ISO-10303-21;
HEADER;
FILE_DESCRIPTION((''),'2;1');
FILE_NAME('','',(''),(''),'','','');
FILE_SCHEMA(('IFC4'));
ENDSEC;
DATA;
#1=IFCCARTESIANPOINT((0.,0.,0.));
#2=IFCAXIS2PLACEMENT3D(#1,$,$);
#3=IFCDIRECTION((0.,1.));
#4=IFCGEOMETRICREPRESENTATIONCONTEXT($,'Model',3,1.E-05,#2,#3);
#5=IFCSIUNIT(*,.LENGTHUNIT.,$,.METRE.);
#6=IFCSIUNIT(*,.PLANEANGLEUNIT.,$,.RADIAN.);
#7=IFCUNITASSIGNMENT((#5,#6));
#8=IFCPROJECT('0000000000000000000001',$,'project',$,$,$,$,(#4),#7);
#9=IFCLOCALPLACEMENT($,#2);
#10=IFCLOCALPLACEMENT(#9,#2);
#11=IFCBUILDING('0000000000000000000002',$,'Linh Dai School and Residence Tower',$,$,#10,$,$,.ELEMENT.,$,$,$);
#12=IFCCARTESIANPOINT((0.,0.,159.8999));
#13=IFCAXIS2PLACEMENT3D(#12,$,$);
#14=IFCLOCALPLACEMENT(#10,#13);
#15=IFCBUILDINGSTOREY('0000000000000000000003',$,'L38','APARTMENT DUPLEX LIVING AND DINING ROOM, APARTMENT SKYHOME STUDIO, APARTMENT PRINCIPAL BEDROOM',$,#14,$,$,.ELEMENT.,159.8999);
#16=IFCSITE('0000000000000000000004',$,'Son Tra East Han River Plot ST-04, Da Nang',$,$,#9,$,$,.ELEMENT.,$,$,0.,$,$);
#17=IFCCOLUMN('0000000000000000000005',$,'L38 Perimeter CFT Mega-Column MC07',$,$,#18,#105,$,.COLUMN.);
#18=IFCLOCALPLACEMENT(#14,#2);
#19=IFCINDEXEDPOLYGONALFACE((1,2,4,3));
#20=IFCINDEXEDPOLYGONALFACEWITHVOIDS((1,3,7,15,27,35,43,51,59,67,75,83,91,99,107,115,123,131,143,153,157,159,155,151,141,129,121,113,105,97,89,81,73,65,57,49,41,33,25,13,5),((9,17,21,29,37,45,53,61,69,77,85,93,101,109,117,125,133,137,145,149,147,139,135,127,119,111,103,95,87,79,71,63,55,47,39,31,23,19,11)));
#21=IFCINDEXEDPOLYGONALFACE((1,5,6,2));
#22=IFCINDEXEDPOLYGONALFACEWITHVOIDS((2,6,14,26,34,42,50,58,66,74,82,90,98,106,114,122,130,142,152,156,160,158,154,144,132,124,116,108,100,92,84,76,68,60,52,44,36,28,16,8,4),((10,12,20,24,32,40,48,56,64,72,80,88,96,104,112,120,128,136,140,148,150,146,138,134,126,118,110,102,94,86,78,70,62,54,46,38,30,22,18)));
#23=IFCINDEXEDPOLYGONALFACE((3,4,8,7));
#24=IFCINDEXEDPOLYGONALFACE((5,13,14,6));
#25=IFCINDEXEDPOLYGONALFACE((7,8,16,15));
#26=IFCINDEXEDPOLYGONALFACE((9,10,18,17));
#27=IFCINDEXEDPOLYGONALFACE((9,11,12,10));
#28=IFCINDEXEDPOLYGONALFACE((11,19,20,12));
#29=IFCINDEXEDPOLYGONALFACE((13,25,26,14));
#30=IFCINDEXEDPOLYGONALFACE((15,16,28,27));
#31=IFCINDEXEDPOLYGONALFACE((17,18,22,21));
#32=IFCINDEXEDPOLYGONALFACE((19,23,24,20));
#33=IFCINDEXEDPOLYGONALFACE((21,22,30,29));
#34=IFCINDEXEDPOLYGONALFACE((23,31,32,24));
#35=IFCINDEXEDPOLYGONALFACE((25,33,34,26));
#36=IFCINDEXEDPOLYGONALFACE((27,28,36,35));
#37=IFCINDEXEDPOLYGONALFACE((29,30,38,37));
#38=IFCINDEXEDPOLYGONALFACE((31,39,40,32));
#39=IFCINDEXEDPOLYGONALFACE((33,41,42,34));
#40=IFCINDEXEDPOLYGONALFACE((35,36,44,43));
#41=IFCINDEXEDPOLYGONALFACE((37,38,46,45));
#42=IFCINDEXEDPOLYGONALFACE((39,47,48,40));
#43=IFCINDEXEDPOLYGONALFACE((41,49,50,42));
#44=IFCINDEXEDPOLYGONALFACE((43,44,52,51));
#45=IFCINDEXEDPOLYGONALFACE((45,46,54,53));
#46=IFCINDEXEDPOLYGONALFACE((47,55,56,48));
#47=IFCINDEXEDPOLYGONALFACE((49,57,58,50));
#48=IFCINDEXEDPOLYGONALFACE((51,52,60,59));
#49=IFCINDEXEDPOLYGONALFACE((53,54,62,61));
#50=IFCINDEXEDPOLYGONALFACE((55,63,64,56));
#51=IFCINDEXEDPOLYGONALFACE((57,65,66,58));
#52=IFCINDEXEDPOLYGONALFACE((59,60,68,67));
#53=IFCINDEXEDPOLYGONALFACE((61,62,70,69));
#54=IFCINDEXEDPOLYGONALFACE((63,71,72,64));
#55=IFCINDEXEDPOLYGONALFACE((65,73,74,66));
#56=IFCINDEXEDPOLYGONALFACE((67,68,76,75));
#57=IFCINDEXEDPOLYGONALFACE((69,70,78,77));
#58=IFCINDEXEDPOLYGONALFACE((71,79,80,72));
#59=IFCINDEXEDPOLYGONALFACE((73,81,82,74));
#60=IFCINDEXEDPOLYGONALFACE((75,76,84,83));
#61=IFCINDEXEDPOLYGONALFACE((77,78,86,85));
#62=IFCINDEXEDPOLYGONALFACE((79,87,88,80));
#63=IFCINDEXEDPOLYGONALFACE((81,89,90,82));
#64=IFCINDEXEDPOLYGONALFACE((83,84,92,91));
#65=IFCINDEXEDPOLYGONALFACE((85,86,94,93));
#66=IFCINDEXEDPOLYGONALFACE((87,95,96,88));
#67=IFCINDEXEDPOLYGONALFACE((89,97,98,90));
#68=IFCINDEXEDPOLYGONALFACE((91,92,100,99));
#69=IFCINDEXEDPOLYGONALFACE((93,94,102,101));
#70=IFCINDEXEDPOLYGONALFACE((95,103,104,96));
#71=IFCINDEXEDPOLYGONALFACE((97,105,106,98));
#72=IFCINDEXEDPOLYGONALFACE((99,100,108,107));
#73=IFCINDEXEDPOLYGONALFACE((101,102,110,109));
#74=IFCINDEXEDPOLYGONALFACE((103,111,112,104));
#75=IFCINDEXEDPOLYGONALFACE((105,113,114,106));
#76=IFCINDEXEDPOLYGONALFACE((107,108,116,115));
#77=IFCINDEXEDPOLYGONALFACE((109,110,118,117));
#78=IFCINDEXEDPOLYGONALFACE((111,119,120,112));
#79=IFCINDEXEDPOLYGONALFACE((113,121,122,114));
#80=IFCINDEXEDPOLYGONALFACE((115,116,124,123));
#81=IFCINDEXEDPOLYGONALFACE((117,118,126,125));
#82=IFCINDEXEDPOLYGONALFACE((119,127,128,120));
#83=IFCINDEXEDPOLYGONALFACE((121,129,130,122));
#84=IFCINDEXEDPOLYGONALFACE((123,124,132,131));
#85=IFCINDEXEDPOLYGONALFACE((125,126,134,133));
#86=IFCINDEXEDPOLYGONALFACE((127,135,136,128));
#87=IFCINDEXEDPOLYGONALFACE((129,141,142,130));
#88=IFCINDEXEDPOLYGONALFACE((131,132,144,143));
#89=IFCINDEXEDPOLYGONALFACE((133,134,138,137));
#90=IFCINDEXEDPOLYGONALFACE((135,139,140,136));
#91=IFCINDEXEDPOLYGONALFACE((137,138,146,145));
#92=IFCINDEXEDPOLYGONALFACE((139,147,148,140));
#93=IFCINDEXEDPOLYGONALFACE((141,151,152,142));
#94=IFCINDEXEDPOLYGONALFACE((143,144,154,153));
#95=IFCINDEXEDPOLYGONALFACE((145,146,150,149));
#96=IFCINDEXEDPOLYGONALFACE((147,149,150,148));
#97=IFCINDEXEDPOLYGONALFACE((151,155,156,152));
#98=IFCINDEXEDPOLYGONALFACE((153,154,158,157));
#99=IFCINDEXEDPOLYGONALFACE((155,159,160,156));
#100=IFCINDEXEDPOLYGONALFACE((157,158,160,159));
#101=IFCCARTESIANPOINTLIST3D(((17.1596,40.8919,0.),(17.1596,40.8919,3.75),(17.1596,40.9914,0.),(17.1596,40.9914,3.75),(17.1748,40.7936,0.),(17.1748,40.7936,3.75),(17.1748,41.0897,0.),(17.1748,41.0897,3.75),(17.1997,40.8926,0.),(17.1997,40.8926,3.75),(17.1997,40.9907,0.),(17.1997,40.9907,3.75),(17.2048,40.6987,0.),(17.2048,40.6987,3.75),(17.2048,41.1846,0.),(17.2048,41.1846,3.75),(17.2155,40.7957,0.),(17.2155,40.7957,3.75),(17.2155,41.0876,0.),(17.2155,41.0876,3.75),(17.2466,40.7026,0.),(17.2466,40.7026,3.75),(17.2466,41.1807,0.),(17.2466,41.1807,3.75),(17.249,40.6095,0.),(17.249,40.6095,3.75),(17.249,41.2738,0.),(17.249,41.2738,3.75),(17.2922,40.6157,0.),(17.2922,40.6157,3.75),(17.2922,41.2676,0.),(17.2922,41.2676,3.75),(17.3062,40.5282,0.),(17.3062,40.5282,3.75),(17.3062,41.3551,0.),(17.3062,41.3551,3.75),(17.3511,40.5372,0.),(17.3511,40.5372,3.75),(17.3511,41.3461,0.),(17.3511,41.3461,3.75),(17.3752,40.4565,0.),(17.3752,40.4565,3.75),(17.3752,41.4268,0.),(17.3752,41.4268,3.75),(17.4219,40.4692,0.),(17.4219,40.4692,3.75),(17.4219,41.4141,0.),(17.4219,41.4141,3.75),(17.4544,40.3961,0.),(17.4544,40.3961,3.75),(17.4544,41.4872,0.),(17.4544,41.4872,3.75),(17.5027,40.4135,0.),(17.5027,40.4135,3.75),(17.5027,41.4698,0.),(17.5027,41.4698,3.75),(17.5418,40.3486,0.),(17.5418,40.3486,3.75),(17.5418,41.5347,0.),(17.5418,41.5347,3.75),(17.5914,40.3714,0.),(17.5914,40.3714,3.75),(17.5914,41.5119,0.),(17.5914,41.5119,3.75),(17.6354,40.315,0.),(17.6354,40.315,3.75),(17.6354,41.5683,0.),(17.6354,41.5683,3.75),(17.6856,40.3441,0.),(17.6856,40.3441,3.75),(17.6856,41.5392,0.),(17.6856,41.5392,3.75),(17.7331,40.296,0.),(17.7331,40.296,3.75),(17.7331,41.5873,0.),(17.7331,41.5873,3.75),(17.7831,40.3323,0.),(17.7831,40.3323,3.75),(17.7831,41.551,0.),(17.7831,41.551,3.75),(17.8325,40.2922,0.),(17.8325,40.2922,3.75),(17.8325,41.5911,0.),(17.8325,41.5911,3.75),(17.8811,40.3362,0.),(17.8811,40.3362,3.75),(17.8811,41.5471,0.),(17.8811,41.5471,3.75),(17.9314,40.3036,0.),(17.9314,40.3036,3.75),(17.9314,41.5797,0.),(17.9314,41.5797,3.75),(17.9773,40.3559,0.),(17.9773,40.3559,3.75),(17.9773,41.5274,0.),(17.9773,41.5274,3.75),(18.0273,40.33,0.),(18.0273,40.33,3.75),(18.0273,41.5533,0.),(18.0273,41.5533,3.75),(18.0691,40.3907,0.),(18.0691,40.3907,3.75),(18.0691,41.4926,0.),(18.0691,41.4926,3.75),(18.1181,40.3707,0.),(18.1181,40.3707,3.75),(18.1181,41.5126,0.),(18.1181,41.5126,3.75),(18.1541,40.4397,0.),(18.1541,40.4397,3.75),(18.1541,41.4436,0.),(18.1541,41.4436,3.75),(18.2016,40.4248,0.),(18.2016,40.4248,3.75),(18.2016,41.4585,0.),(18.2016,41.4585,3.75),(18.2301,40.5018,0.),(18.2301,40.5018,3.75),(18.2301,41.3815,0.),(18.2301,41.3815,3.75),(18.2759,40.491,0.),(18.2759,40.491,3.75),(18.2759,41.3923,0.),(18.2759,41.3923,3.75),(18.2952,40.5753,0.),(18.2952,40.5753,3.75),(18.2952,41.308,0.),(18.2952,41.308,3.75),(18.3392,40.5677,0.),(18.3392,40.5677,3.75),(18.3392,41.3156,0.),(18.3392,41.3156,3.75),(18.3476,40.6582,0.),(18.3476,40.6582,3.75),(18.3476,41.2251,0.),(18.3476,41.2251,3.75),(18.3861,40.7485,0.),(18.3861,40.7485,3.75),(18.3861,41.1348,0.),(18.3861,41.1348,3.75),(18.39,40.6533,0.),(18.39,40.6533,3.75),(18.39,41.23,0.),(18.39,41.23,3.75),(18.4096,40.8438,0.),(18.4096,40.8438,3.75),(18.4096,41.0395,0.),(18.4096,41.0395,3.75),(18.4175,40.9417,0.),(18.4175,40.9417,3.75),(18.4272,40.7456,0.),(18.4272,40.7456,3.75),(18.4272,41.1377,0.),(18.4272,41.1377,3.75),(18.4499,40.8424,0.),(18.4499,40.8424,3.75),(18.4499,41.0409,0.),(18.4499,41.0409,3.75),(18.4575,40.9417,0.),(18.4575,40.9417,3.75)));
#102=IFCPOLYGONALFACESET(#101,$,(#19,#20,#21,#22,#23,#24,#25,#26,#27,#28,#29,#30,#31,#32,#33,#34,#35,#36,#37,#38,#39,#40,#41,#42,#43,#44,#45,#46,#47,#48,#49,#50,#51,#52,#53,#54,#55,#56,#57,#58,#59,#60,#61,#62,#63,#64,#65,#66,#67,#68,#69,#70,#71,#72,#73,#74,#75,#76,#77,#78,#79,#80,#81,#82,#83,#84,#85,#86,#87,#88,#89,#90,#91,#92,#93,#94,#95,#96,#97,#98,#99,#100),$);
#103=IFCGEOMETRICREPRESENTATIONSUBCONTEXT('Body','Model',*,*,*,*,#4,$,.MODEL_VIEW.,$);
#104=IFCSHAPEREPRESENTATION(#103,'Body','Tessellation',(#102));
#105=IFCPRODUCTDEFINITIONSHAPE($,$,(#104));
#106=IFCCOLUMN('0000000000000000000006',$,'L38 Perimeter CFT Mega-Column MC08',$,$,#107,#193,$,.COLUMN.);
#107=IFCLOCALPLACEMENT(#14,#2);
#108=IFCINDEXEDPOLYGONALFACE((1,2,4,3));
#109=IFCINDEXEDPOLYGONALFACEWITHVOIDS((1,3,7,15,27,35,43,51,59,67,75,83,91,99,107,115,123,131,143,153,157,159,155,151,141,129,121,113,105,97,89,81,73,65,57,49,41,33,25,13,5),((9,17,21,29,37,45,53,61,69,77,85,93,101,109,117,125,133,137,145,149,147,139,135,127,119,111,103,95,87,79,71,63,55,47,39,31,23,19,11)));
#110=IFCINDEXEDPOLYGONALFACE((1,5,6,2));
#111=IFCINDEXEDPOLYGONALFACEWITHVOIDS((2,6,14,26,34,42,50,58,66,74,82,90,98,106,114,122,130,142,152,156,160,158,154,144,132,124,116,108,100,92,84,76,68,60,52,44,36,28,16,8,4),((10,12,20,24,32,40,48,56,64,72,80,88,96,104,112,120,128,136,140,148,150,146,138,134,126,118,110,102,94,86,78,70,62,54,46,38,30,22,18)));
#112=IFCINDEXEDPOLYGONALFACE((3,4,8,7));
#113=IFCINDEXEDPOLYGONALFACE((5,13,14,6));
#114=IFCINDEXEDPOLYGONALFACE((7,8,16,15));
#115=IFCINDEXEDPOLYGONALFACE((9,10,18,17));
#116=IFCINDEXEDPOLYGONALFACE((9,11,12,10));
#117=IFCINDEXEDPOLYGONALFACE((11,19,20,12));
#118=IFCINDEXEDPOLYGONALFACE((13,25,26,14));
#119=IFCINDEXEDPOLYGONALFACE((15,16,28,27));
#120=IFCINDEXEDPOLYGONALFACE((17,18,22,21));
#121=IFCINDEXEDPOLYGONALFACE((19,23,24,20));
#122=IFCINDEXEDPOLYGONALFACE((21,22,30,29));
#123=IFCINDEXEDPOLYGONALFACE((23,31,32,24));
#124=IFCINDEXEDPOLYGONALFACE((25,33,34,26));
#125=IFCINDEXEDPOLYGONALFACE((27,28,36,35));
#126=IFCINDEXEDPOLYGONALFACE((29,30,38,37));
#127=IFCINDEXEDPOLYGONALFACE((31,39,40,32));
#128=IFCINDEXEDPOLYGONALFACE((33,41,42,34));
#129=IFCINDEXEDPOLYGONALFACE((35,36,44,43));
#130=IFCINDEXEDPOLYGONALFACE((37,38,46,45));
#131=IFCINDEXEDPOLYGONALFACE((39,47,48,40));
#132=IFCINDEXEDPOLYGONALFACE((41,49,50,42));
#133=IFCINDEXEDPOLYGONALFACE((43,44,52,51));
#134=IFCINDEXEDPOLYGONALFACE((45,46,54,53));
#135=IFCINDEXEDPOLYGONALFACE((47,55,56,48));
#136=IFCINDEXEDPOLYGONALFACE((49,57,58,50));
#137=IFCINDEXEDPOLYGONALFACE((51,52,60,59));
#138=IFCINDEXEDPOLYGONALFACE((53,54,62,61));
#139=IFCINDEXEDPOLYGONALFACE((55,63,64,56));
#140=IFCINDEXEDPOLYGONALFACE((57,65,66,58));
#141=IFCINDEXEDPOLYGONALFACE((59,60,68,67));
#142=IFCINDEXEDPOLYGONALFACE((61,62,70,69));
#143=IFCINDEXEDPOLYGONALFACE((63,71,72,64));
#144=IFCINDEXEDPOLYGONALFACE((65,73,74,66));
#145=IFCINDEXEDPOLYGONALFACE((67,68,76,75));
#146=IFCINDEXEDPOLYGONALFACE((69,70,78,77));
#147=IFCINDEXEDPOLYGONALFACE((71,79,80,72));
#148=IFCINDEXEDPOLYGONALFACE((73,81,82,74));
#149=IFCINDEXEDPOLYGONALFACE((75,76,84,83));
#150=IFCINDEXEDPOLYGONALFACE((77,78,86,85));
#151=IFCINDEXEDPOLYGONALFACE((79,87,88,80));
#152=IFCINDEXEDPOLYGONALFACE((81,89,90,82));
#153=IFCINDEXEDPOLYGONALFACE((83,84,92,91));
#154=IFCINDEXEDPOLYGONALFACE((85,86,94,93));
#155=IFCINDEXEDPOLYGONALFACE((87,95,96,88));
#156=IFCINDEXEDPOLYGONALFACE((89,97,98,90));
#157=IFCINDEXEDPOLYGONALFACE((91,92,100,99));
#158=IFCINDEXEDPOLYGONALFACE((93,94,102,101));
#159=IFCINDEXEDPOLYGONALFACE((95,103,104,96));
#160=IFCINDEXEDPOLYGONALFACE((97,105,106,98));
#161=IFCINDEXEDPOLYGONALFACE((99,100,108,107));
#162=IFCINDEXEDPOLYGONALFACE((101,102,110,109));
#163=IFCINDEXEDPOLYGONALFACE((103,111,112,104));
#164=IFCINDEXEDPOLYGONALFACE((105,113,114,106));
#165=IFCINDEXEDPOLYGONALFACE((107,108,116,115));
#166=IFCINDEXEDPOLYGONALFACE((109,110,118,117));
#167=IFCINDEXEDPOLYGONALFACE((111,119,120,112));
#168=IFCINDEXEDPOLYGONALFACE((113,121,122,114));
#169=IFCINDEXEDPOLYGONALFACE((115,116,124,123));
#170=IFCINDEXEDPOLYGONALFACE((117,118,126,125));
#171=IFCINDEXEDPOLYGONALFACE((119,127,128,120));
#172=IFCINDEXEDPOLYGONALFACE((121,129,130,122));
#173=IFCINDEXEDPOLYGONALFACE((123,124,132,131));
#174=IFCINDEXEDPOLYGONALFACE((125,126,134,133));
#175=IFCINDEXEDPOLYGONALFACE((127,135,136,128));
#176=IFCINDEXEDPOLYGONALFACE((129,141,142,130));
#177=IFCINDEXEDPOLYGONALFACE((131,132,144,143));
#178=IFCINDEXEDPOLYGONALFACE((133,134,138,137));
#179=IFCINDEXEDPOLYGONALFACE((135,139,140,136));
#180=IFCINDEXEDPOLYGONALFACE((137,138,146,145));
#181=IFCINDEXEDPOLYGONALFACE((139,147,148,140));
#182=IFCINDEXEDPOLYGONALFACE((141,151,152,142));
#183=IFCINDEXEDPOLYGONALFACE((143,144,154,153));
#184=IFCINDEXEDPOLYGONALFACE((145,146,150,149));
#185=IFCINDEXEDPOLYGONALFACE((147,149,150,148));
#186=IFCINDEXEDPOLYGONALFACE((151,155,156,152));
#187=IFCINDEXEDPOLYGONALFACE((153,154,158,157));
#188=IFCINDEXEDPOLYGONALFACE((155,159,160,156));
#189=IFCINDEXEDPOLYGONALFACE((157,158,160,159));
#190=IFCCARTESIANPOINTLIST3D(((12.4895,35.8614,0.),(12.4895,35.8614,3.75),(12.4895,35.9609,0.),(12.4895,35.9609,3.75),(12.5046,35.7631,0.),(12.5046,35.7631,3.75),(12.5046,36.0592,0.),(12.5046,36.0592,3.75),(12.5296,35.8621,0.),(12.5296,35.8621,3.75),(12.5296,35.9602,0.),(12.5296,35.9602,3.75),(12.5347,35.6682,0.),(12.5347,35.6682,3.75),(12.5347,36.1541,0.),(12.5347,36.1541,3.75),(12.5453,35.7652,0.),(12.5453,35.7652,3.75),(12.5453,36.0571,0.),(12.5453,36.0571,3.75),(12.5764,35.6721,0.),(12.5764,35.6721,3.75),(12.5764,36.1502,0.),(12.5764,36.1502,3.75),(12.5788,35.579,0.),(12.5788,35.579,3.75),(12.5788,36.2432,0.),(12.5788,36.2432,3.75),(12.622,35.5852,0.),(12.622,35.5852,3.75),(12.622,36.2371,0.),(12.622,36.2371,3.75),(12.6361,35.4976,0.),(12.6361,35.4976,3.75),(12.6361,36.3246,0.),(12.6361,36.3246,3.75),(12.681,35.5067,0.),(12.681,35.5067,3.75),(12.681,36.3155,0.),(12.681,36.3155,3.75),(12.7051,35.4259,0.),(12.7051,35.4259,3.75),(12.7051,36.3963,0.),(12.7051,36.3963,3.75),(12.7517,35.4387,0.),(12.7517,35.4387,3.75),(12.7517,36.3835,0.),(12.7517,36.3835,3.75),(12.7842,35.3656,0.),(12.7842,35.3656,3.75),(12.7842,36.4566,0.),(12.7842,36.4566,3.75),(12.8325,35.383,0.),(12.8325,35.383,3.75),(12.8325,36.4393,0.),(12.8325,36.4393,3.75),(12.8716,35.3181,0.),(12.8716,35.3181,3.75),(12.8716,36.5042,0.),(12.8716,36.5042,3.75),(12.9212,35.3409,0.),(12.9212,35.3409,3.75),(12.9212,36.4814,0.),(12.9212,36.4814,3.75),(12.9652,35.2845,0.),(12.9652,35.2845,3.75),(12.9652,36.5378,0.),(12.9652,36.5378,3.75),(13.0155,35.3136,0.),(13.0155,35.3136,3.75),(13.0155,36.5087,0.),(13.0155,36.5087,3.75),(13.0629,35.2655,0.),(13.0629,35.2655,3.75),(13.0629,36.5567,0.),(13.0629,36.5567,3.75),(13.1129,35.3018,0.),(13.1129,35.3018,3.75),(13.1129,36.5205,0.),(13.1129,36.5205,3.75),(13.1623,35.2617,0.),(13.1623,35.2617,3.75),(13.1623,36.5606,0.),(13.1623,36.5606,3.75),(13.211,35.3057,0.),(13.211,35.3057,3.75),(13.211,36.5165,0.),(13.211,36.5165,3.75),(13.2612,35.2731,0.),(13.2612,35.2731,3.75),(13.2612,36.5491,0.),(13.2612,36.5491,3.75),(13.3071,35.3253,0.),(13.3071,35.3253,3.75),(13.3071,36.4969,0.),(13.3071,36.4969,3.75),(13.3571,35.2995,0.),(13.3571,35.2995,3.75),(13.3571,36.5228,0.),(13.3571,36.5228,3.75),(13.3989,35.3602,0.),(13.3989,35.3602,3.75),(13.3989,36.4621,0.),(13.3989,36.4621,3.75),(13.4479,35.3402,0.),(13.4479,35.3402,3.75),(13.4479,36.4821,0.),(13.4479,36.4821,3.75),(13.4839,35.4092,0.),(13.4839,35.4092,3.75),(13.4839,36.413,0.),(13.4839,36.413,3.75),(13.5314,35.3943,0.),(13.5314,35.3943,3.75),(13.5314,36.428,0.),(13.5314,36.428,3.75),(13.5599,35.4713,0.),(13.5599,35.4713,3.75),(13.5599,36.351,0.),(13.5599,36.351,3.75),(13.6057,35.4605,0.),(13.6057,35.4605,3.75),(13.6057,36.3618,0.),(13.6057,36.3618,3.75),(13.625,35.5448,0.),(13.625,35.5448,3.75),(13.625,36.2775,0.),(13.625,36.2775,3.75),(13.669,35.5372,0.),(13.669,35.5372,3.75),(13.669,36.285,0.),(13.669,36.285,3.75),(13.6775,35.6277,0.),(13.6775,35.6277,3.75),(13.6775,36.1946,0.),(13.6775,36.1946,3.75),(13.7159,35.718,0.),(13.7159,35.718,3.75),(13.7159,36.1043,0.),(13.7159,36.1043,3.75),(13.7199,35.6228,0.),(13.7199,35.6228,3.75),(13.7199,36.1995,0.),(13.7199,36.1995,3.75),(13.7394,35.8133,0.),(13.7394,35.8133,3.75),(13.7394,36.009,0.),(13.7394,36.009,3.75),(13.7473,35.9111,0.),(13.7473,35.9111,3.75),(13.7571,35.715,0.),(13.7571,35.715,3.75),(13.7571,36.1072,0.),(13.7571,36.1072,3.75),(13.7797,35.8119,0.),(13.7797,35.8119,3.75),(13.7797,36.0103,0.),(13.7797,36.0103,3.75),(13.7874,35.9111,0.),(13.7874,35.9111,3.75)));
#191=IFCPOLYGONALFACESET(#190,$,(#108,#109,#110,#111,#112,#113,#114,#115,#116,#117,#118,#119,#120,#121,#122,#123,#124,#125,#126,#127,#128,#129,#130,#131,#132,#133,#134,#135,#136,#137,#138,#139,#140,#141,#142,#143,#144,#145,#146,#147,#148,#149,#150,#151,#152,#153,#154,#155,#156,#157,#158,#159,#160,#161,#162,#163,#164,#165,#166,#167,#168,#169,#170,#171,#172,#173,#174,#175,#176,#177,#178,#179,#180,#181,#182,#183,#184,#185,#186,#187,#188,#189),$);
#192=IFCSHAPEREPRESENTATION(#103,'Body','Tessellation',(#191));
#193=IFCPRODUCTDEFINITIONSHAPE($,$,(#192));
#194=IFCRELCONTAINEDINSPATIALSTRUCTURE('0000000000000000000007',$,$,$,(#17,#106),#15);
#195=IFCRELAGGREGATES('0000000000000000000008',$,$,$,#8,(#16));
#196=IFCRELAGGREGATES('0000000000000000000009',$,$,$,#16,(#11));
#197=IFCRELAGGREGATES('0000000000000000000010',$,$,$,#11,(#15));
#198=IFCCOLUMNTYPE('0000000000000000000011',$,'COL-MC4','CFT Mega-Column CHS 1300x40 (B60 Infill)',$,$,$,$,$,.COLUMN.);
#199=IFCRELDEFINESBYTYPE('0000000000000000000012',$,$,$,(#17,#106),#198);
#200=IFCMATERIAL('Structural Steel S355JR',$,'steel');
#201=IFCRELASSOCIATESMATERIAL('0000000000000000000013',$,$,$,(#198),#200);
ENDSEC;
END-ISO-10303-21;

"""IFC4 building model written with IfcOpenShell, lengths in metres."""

from ifc_helpers import new_model, si_unit, direction, frame, origin, origin_2d, place, context, subcontext, project, spatial, hollow_circle, extrude, material, material_profile, profile_set, type_object, element, save


model = new_model("IFC4")

# Units and contexts
model_context = context("Model", 3, precision=1e-05, world=origin(), true_north=direction((0.0, 1.0)))
body_context = subcontext(model_context, "Body", "Model", "MODEL_VIEW")
ifc_project = project(units=[si_unit("LENGTHUNIT", "METRE"), si_unit("PLANEANGLEUNIT", "RADIAN")], contexts=[model_context])

# Site, building, storey
site_placement = place(None, origin())
site = spatial("IfcSite", under=ifc_project, at=site_placement, Name="Son Tra East Han River Plot ST-04, Da Nang", CompositionType="ELEMENT", RefElevation=0.0)
building_placement = place(site_placement, origin())
building = spatial("IfcBuilding", under=site, at=building_placement, Name="Linh Dai School and Residence Tower", CompositionType="ELEMENT")
storey_placement = place(building_placement, frame((0.0, 0.0, 159.8999)))
storey = spatial("IfcBuildingStorey", under=building, at=storey_placement, Name="L38", Description="APARTMENT DUPLEX LIVING AND DINING ROOM, APARTMENT SKYHOME STUDIO, APARTMENT PRINCIPAL BEDROOM", CompositionType="ELEMENT", Elevation=159.8999)

# Columns
ifc_material_1 = material(Name="Structural Steel S355JR", Category="steel")
ifc_material_profile_1 = material_profile(ifc_material_1, hollow_circle(Radius=0.6499, WallThickness=0.04, at=origin_2d()), Name="CHS 1300x40")
ifc_profile_set_1 = profile_set([ifc_material_profile_1], Name="Structural Steel S355JR")
column_type = type_object("IfcColumnType", Name="COL-MC4", Description="CFT Mega-Column CHS 1300x40 (B60 Infill)", PredefinedType="COLUMN", material=ifc_profile_set_1)
for number, where, z_axis, x_axis, name in (
    (1, (17.8076, 40.9417, 0.0), (0.0, 0.0, 1.0), (1.0, 0.0, 0.0), "L38 Perimeter CFT Mega-Column MC07"),
    (2, (13.1375, 35.9111, 0.0), (0.0, 0.0, 1.0), (1.0, 0.0, 0.0), "L38 Perimeter CFT Mega-Column MC08"),
):
    element("IfcColumn", number, at=place(storey_placement, frame(where, z_axis=z_axis, x_axis=x_axis)), inside=storey, type_object=column_type, Name=name, PredefinedType="COLUMN", context=body_context, shape_type="SweptSolid", body=[
        extrude(hollow_circle(Radius=0.6499, WallThickness=0.04, at=origin_2d()), origin(), (0.0, 0.0, 1.0), 3.75),
    ])

save(model, "model.ifc")
